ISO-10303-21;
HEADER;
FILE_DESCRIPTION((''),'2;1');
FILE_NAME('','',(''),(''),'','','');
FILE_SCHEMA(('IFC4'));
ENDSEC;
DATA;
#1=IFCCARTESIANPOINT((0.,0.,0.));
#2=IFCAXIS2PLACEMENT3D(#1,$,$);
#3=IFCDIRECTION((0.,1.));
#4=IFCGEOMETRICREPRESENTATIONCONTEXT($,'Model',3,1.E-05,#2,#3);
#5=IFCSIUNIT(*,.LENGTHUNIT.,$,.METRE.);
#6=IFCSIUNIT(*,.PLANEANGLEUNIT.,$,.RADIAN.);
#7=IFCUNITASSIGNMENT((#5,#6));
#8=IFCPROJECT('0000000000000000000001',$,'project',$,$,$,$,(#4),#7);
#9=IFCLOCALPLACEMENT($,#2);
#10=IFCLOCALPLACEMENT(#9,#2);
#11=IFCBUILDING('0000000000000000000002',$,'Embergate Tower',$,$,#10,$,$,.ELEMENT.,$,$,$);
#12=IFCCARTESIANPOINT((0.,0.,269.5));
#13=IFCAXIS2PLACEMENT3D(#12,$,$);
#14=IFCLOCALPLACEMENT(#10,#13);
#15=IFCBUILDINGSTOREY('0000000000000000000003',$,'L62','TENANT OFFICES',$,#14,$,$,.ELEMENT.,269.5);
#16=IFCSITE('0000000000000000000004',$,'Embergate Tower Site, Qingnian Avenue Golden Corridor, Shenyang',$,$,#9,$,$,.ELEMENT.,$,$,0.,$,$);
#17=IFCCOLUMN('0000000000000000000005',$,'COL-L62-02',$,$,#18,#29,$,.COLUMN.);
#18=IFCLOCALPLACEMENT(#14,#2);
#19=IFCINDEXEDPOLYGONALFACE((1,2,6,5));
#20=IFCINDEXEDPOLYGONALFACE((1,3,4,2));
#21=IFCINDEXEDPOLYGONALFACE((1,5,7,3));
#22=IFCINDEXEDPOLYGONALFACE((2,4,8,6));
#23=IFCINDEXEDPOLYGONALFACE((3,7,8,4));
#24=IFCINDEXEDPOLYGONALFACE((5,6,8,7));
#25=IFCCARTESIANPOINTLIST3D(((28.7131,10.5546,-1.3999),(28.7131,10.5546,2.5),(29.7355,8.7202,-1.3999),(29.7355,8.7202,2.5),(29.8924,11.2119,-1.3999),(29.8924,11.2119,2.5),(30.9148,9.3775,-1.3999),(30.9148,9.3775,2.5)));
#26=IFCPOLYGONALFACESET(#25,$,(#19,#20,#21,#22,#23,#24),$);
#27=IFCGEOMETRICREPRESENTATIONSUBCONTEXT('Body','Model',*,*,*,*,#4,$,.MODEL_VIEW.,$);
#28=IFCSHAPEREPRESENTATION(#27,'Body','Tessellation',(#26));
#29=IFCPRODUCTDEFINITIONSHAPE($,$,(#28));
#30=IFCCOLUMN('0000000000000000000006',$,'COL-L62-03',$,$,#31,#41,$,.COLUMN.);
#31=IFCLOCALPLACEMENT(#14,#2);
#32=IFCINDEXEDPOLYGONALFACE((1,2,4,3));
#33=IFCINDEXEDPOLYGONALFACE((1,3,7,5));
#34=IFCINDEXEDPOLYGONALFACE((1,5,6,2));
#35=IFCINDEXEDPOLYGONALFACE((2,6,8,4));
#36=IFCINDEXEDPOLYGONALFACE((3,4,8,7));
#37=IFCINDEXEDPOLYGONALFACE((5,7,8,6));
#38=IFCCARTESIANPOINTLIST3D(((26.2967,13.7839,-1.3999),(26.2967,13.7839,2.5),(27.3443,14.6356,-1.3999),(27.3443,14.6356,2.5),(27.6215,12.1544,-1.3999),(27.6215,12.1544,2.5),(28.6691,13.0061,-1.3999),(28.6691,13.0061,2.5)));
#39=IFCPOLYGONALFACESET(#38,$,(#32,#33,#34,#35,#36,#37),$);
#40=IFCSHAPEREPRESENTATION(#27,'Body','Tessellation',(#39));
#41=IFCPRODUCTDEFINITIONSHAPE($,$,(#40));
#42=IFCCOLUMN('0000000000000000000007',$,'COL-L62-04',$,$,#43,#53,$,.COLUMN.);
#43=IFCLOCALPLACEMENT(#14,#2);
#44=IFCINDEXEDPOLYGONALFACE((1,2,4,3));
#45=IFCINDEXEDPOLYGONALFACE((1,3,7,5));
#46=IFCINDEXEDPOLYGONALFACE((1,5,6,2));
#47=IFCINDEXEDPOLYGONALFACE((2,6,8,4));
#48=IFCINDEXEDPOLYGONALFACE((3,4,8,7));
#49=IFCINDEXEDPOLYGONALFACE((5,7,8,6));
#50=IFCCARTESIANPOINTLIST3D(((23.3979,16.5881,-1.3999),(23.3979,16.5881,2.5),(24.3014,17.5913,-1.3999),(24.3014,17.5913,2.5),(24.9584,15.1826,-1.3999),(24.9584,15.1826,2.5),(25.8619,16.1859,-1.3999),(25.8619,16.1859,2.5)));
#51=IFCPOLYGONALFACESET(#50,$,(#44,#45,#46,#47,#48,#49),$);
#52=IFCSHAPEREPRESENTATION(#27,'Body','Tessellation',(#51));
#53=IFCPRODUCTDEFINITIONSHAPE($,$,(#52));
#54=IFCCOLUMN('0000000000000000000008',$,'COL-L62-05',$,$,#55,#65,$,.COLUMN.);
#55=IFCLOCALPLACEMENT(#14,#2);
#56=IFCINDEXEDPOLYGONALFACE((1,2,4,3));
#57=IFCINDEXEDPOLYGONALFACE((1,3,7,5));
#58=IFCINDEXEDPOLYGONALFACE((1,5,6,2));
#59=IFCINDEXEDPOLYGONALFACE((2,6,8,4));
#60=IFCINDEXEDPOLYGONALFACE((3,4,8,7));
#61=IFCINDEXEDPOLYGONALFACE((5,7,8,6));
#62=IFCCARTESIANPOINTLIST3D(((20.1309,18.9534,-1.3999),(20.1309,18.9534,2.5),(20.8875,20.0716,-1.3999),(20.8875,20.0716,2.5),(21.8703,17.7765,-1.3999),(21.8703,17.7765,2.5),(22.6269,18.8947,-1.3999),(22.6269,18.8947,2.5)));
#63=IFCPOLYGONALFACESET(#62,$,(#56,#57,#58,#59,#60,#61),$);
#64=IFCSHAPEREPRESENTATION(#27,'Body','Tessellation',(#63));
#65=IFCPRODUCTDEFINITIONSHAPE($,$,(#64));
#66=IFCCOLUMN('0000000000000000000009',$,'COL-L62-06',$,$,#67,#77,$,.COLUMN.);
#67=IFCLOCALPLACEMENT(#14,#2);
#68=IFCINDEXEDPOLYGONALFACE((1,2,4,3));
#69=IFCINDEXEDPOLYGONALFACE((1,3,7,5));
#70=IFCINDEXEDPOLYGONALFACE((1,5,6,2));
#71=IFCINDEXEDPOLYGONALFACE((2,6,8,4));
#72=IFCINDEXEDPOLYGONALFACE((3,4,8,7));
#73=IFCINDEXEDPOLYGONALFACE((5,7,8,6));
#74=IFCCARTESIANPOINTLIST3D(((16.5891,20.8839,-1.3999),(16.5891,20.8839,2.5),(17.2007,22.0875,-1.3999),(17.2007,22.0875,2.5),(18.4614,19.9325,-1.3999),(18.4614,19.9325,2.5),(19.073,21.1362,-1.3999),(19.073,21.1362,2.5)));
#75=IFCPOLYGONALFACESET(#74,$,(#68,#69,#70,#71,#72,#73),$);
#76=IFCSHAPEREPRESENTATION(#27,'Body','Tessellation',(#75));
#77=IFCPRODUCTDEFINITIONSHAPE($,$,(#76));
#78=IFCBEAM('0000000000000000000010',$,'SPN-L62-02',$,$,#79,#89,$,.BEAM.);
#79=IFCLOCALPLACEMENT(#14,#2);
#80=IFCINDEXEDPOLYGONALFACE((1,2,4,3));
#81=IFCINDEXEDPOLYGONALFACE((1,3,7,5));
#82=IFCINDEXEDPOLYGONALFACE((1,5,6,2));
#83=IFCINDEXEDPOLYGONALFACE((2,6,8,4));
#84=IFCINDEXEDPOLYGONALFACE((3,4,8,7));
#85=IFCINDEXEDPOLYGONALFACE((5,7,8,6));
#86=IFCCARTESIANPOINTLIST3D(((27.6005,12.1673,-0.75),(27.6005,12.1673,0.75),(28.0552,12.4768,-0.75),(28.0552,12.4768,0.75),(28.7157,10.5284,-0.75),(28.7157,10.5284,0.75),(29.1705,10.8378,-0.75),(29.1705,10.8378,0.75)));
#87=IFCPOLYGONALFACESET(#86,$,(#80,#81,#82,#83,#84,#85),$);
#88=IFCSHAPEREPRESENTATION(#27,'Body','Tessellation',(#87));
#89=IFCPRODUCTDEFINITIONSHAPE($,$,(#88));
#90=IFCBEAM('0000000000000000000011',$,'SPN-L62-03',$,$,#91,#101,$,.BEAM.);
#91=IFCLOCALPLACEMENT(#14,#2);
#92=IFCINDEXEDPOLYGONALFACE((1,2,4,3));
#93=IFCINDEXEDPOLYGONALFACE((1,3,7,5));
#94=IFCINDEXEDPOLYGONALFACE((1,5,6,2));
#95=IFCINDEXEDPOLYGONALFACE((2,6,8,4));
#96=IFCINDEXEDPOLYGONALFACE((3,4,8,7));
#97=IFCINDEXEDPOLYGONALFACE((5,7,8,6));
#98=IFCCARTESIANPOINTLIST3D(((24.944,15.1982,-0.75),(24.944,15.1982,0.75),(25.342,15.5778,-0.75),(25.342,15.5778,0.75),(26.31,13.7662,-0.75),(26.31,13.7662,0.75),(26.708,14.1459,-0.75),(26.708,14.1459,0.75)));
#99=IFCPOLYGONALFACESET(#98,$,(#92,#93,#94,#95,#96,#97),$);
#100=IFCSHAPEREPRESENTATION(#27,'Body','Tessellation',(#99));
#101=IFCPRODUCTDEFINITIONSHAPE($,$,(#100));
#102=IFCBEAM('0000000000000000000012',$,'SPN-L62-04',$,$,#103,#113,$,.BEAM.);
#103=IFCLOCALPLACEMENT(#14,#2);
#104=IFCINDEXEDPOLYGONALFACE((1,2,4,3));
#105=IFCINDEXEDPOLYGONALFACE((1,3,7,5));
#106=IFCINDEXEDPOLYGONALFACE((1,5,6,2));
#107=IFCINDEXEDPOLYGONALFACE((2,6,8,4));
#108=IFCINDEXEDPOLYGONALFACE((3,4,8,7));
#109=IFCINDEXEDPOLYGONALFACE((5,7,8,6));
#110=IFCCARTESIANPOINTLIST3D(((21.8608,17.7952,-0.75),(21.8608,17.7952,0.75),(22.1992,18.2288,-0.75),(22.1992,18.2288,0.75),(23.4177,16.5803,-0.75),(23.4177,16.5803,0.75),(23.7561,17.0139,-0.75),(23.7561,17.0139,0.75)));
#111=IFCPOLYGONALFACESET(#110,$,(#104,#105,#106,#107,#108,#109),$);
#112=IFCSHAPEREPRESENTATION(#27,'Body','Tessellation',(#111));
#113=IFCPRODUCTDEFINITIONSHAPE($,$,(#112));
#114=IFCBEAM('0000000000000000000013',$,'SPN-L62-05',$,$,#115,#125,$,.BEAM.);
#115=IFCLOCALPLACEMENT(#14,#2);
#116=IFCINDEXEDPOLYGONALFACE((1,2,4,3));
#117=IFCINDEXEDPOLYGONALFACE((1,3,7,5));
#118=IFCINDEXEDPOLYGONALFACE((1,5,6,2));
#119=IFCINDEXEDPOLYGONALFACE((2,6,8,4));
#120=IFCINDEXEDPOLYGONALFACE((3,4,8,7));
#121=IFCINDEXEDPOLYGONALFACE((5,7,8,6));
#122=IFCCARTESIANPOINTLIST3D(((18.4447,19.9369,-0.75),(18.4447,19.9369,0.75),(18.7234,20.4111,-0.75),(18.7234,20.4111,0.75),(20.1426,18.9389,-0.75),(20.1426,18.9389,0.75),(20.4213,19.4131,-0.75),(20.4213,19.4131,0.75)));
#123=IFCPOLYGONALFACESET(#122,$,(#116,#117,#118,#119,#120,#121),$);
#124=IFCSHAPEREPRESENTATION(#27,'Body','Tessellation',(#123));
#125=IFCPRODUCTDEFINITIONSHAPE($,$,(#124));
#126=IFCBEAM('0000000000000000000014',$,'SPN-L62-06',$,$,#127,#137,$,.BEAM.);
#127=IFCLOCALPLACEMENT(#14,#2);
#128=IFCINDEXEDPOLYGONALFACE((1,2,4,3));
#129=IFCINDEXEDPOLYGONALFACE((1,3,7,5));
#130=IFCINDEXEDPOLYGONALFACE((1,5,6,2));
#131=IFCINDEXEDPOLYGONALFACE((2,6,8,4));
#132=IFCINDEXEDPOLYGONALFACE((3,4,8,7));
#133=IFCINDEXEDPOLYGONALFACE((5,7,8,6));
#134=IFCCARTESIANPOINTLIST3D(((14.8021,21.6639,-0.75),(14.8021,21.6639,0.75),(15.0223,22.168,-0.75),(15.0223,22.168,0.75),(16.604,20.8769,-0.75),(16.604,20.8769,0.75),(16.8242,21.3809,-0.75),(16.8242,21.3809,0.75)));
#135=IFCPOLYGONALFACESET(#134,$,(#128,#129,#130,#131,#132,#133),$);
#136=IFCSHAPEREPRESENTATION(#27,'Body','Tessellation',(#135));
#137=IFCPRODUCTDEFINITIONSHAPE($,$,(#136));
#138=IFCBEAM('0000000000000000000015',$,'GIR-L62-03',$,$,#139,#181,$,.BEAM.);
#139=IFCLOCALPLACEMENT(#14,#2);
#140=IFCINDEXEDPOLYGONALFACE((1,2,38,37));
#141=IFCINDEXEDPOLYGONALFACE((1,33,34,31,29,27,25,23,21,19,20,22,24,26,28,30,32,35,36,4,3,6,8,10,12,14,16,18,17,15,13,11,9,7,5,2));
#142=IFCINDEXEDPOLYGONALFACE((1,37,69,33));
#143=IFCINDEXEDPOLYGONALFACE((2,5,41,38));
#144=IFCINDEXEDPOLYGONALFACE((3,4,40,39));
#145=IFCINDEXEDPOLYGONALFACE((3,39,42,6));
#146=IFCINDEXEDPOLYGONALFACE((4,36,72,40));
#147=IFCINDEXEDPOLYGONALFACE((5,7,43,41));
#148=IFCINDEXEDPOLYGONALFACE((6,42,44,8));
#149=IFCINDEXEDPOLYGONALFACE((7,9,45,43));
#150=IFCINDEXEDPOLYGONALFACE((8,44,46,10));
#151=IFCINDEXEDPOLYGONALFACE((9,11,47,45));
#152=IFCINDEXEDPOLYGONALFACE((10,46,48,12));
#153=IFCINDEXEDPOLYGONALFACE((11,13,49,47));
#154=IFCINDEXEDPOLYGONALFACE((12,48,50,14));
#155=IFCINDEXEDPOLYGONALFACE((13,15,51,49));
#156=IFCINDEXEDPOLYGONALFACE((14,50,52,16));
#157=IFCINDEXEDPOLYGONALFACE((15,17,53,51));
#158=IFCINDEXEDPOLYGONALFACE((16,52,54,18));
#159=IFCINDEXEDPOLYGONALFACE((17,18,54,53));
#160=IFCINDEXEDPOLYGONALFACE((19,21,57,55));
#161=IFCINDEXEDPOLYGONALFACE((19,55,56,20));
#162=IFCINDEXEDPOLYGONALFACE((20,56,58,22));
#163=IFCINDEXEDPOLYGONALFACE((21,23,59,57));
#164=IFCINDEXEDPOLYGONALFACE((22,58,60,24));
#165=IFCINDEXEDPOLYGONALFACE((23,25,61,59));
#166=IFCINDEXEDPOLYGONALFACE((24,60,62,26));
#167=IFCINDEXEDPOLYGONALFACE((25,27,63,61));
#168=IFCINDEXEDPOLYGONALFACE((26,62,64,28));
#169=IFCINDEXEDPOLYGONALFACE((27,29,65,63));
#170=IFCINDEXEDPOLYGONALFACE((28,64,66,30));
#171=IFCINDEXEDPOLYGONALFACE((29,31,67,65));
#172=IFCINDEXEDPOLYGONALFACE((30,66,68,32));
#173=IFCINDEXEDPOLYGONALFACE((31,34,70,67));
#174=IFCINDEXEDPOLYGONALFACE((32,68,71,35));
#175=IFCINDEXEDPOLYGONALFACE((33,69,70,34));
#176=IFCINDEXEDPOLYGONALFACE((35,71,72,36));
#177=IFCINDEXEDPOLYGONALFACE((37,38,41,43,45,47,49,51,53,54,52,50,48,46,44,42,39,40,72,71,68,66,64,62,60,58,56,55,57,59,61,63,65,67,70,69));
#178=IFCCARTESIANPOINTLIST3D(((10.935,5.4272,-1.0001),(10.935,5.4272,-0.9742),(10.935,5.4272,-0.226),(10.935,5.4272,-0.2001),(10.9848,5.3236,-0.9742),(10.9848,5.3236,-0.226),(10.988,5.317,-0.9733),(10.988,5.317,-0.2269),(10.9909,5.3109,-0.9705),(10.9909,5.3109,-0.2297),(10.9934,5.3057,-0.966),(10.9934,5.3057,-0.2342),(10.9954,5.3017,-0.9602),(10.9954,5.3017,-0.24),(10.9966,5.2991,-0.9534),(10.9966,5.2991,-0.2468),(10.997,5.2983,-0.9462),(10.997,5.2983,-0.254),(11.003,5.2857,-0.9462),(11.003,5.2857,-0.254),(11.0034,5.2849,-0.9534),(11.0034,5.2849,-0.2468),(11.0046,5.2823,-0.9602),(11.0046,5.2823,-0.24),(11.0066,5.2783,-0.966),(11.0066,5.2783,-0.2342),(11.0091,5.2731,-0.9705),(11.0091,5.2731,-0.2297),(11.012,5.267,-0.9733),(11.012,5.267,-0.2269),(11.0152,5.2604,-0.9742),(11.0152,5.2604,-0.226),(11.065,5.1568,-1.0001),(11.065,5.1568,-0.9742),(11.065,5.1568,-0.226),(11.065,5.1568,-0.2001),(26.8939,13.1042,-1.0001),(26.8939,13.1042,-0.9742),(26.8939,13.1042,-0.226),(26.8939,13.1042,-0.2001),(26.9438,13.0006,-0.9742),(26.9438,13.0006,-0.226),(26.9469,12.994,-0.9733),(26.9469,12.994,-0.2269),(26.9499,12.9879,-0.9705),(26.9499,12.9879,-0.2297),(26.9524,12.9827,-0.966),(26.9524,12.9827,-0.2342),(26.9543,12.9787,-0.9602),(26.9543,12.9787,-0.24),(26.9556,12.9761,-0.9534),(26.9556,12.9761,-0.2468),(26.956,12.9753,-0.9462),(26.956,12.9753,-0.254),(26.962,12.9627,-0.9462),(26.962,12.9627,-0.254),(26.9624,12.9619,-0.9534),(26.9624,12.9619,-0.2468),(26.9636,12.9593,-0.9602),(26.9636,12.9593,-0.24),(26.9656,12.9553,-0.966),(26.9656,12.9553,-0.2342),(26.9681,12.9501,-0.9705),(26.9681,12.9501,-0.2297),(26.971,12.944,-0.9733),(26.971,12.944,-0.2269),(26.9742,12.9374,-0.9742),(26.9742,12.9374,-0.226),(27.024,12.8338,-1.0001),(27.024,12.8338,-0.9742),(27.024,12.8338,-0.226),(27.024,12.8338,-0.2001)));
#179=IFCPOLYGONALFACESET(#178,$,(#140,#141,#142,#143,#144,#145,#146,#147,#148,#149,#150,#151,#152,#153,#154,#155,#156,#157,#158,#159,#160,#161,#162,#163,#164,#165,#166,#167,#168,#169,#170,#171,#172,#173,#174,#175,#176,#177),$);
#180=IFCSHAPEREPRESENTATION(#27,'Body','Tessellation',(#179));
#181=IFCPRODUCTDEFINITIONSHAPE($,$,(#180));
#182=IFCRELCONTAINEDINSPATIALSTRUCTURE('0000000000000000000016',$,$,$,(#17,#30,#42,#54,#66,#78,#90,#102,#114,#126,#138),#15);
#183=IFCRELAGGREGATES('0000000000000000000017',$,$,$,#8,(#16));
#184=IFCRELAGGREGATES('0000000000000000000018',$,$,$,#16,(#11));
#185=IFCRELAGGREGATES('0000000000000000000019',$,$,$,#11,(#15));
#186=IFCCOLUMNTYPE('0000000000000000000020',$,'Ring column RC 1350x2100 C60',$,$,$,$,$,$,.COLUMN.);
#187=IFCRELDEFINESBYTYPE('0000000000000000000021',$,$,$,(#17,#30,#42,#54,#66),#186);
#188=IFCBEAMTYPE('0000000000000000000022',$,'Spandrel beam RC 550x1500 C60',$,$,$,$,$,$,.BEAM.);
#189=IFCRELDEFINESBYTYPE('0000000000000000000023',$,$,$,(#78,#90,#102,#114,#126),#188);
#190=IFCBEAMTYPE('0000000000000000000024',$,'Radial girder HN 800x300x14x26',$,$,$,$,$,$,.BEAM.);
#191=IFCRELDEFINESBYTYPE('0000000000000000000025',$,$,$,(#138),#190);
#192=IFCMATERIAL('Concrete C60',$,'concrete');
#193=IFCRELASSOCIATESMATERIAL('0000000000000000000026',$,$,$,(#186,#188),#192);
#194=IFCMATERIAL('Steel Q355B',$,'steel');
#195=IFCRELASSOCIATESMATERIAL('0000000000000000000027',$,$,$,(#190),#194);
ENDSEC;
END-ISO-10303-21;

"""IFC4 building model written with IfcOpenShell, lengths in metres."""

from ifc_helpers import new_model, si_unit, direction, frame, origin, origin_2d, place, context, subcontext, project, spatial, rectangle, i_section, extrude, source, transform, mapped, material, material_profile, profile_set, type_object, element, save


model = new_model("IFC4")

# Units and contexts
model_context = context("Model", 3, precision=1e-05, world=origin(), true_north=direction((0.0, 1.0)))
body_context = subcontext(model_context, "Body", "Model", "MODEL_VIEW")
ifc_project = project(units=[si_unit("LENGTHUNIT", "METRE"), si_unit("PLANEANGLEUNIT", "RADIAN")], contexts=[model_context])

# Site, building, storey
site_placement = place(None, origin())
site = spatial("IfcSite", under=ifc_project, at=site_placement, Name="Embergate Tower Site, Qingnian Avenue Golden Corridor, Shenyang", CompositionType="ELEMENT", RefElevation=0.0)
building_placement = place(site_placement, origin())
building = spatial("IfcBuilding", under=site, at=building_placement, Name="Embergate Tower", CompositionType="ELEMENT")
storey_placement = place(building_placement, frame((0.0, 0.0, 269.5)))
storey = spatial("IfcBuildingStorey", under=building, at=storey_placement, Name="L62", Description="TENANT OFFICES", CompositionType="ELEMENT", Elevation=269.5)

# Columns
ifc_material_1 = material(Name="Concrete C60", Category="concrete")
ifc_material_profile_1 = material_profile(ifc_material_1, rectangle(XDim=1.3501, YDim=2.1001, at=origin_2d()), Name="RC 1350x2100")
ifc_profile_set_1 = profile_set([ifc_material_profile_1], Name="Concrete C60")
column_type = type_object("IfcColumnType", Name="Ring column RC 1350x2100 C60", PredefinedType="COLUMN", material=ifc_profile_set_1)
shared_shape_1 = source(origin(), body_context, "Body", "SweptSolid", [
    extrude(rectangle(XDim=1.3501, YDim=2.1001, at=origin_2d()), origin(), (0.0, 0.0, 1.0), 3.8999),
])
for number, where, z_axis, x_axis, name in (
    (1, (29.814, 9.9661, -1.3999), (0.0, 0.0, 1.0), (0.873492, 0.486839, 0.0), "COL-L62-02"),
    (2, (27.4829, 13.395, -1.3999), (0.0, 0.0, 1.0), (0.775914, 0.630838, 0.0), "COL-L62-03"),
    (3, (24.6299, 16.387, -1.3999), (0.0, 0.0, 1.0), (0.669208, 0.743075, 0.0), "COL-L62-04"),
    (4, (21.3789, 18.9241, -1.3999), (0.0, 0.0, 1.0), (0.560393, 0.828227, 0.0), "COL-L62-05"),
    (5, (17.8311, 21.01, -1.3999), (0.0, 0.0, 1.0), (0.452995, 0.891513, 0.0), "COL-L62-06"),
):
    element("IfcColumn", number, at=place(storey_placement, frame(where, z_axis=z_axis, x_axis=x_axis)), inside=storey, type_object=column_type, Name=name, PredefinedType="COLUMN", context=body_context, shape_type="MappedRepresentation", body=[
        mapped(shared_shape_1, transform((0.0, 0.0, 0.0))),
    ])

# Beams
ifc_material_profile_2 = material_profile(ifc_material_1, rectangle(XDim=0.55, YDim=1.5, at=origin_2d()), Name="RC 550x1500")
ifc_profile_set_2 = profile_set([ifc_material_profile_2], Name="Concrete C60")
beam_type_1 = type_object("IfcBeamType", Name="Spandrel beam RC 550x1500 C60", PredefinedType="BEAM", material=ifc_profile_set_2)
shared_shape_2 = source(origin(), body_context, "Body", "SweptSolid", [
    extrude(rectangle(XDim=0.55, YDim=1.5, at=origin_2d()), origin(), (0.0, 0.0, 1.0), 1.9824),
])
beam_1_placement = place(storey_placement, frame((28.9431, 10.6831, 0.0), z_axis=(-0.562576, 0.826745, 0.0), x_axis=(-0.826745, -0.562576, 0.0)))
element("IfcBeam", 6, at=beam_1_placement, inside=storey, type_object=beam_type_1, Name="SPN-L62-02", PredefinedType="BEAM", context=body_context, shape_type="MappedRepresentation", body=[
    mapped(shared_shape_2, transform((0.0, 0.0, 0.0))),
])
shared_shape_3 = source(origin(), body_context, "Body", "SweptSolid", [
    extrude(rectangle(XDim=0.55, YDim=1.5, at=origin_2d()), origin(), (0.0, 0.0, 1.0), 1.979),
])
beam_2_placement = place(storey_placement, frame((26.509, 13.9561, 0.0), z_axis=(-0.690256, 0.723566, 0.0), x_axis=(-0.723566, -0.690256, 0.0)))
element("IfcBeam", 7, at=beam_2_placement, inside=storey, type_object=beam_type_1, Name="SPN-L62-03", PredefinedType="BEAM", context=body_context, shape_type="MappedRepresentation", body=[
    mapped(shared_shape_3, transform((0.0, 0.0, 0.0))),
])
shared_shape_4 = source(origin(), body_context, "Body", "SweptSolid", [
    extrude(rectangle(XDim=0.55, YDim=1.5, at=origin_2d()), origin(), (0.0, 0.0, 1.0), 1.9749),
])
beam_3_placement = place(storey_placement, frame((23.5869, 16.7971, 0.0), z_axis=(-0.788386, 0.615181, 0.0), x_axis=(-0.615181, -0.788386, 0.0)))
element("IfcBeam", 8, at=beam_3_placement, inside=storey, type_object=beam_type_1, Name="SPN-L62-04", PredefinedType="BEAM", context=body_context, shape_type="MappedRepresentation", body=[
    mapped(shared_shape_4, transform((0.0, 0.0, 0.0))),
])
shared_shape_5 = source(origin(), body_context, "Body", "SweptSolid", [
    extrude(rectangle(XDim=0.55, YDim=1.5, at=origin_2d()), origin(), (0.0, 0.0, 1.0), 1.9695),
])
beam_4_placement = place(storey_placement, frame((20.282, 19.176, 0.0), z_axis=(-0.862106, 0.506728, 0.0), x_axis=(-0.506728, -0.862106, 0.0)))
element("IfcBeam", 9, at=beam_4_placement, inside=storey, type_object=beam_type_1, Name="SPN-L62-05", PredefinedType="BEAM", context=body_context, shape_type="MappedRepresentation", body=[
    mapped(shared_shape_5, transform((0.0, 0.0, 0.0))),
])
shared_shape_6 = source(origin(), body_context, "Body", "SweptSolid", [
    extrude(rectangle(XDim=0.55, YDim=1.5, at=origin_2d()), origin(), (0.0, 0.0, 1.0), 1.9663),
])
beam_5_placement = place(storey_placement, frame((16.7141, 21.1289, 0.0), z_axis=(-0.916394, 0.400278, 0.0), x_axis=(-0.400278, -0.916394, 0.0)))
element("IfcBeam", 10, at=beam_5_placement, inside=storey, type_object=beam_type_1, Name="SPN-L62-06", PredefinedType="BEAM", context=body_context, shape_type="MappedRepresentation", body=[
    mapped(shared_shape_6, transform((0.0, 0.0, 0.0))),
])
ifc_material_2 = material(Name="Steel Q355B", Category="steel")
ifc_material_profile_3 = material_profile(ifc_material_2, i_section(OverallWidth=0.3, OverallDepth=0.8, WebThickness=0.0139, FlangeThickness=0.0259, FilletRadius=0.0281, at=origin_2d()), Name="HN 800x300x14x26")
ifc_profile_set_3 = profile_set([ifc_material_profile_3], Name="Steel Q355 grade B")
beam_type_2 = type_object("IfcBeamType", Name="Radial girder HN 800x300x14x26", PredefinedType="BEAM", material=ifc_profile_set_3)
shared_shape_7 = source(origin(), body_context, "Body", "SweptSolid", [
    extrude(i_section(OverallWidth=0.3, OverallDepth=0.8, WebThickness=0.0139, FlangeThickness=0.0259, FilletRadius=0.0281, at=origin_2d()), origin(), (0.0, 0.0, 1.0), 17.7095),
])
beam_6_placement = place(storey_placement, frame((26.959, 12.969, -0.6001), z_axis=(-0.901155, -0.433497, 0.0), x_axis=(0.433497, -0.901155, 0.0)))
element("IfcBeam", 11, at=beam_6_placement, inside=storey, type_object=beam_type_2, Name="GIR-L62-03", PredefinedType="BEAM", context=body_context, shape_type="MappedRepresentation", body=[
    mapped(shared_shape_7, transform((0.0, 0.0, 0.0))),
])

save(model, "model.ifc")
